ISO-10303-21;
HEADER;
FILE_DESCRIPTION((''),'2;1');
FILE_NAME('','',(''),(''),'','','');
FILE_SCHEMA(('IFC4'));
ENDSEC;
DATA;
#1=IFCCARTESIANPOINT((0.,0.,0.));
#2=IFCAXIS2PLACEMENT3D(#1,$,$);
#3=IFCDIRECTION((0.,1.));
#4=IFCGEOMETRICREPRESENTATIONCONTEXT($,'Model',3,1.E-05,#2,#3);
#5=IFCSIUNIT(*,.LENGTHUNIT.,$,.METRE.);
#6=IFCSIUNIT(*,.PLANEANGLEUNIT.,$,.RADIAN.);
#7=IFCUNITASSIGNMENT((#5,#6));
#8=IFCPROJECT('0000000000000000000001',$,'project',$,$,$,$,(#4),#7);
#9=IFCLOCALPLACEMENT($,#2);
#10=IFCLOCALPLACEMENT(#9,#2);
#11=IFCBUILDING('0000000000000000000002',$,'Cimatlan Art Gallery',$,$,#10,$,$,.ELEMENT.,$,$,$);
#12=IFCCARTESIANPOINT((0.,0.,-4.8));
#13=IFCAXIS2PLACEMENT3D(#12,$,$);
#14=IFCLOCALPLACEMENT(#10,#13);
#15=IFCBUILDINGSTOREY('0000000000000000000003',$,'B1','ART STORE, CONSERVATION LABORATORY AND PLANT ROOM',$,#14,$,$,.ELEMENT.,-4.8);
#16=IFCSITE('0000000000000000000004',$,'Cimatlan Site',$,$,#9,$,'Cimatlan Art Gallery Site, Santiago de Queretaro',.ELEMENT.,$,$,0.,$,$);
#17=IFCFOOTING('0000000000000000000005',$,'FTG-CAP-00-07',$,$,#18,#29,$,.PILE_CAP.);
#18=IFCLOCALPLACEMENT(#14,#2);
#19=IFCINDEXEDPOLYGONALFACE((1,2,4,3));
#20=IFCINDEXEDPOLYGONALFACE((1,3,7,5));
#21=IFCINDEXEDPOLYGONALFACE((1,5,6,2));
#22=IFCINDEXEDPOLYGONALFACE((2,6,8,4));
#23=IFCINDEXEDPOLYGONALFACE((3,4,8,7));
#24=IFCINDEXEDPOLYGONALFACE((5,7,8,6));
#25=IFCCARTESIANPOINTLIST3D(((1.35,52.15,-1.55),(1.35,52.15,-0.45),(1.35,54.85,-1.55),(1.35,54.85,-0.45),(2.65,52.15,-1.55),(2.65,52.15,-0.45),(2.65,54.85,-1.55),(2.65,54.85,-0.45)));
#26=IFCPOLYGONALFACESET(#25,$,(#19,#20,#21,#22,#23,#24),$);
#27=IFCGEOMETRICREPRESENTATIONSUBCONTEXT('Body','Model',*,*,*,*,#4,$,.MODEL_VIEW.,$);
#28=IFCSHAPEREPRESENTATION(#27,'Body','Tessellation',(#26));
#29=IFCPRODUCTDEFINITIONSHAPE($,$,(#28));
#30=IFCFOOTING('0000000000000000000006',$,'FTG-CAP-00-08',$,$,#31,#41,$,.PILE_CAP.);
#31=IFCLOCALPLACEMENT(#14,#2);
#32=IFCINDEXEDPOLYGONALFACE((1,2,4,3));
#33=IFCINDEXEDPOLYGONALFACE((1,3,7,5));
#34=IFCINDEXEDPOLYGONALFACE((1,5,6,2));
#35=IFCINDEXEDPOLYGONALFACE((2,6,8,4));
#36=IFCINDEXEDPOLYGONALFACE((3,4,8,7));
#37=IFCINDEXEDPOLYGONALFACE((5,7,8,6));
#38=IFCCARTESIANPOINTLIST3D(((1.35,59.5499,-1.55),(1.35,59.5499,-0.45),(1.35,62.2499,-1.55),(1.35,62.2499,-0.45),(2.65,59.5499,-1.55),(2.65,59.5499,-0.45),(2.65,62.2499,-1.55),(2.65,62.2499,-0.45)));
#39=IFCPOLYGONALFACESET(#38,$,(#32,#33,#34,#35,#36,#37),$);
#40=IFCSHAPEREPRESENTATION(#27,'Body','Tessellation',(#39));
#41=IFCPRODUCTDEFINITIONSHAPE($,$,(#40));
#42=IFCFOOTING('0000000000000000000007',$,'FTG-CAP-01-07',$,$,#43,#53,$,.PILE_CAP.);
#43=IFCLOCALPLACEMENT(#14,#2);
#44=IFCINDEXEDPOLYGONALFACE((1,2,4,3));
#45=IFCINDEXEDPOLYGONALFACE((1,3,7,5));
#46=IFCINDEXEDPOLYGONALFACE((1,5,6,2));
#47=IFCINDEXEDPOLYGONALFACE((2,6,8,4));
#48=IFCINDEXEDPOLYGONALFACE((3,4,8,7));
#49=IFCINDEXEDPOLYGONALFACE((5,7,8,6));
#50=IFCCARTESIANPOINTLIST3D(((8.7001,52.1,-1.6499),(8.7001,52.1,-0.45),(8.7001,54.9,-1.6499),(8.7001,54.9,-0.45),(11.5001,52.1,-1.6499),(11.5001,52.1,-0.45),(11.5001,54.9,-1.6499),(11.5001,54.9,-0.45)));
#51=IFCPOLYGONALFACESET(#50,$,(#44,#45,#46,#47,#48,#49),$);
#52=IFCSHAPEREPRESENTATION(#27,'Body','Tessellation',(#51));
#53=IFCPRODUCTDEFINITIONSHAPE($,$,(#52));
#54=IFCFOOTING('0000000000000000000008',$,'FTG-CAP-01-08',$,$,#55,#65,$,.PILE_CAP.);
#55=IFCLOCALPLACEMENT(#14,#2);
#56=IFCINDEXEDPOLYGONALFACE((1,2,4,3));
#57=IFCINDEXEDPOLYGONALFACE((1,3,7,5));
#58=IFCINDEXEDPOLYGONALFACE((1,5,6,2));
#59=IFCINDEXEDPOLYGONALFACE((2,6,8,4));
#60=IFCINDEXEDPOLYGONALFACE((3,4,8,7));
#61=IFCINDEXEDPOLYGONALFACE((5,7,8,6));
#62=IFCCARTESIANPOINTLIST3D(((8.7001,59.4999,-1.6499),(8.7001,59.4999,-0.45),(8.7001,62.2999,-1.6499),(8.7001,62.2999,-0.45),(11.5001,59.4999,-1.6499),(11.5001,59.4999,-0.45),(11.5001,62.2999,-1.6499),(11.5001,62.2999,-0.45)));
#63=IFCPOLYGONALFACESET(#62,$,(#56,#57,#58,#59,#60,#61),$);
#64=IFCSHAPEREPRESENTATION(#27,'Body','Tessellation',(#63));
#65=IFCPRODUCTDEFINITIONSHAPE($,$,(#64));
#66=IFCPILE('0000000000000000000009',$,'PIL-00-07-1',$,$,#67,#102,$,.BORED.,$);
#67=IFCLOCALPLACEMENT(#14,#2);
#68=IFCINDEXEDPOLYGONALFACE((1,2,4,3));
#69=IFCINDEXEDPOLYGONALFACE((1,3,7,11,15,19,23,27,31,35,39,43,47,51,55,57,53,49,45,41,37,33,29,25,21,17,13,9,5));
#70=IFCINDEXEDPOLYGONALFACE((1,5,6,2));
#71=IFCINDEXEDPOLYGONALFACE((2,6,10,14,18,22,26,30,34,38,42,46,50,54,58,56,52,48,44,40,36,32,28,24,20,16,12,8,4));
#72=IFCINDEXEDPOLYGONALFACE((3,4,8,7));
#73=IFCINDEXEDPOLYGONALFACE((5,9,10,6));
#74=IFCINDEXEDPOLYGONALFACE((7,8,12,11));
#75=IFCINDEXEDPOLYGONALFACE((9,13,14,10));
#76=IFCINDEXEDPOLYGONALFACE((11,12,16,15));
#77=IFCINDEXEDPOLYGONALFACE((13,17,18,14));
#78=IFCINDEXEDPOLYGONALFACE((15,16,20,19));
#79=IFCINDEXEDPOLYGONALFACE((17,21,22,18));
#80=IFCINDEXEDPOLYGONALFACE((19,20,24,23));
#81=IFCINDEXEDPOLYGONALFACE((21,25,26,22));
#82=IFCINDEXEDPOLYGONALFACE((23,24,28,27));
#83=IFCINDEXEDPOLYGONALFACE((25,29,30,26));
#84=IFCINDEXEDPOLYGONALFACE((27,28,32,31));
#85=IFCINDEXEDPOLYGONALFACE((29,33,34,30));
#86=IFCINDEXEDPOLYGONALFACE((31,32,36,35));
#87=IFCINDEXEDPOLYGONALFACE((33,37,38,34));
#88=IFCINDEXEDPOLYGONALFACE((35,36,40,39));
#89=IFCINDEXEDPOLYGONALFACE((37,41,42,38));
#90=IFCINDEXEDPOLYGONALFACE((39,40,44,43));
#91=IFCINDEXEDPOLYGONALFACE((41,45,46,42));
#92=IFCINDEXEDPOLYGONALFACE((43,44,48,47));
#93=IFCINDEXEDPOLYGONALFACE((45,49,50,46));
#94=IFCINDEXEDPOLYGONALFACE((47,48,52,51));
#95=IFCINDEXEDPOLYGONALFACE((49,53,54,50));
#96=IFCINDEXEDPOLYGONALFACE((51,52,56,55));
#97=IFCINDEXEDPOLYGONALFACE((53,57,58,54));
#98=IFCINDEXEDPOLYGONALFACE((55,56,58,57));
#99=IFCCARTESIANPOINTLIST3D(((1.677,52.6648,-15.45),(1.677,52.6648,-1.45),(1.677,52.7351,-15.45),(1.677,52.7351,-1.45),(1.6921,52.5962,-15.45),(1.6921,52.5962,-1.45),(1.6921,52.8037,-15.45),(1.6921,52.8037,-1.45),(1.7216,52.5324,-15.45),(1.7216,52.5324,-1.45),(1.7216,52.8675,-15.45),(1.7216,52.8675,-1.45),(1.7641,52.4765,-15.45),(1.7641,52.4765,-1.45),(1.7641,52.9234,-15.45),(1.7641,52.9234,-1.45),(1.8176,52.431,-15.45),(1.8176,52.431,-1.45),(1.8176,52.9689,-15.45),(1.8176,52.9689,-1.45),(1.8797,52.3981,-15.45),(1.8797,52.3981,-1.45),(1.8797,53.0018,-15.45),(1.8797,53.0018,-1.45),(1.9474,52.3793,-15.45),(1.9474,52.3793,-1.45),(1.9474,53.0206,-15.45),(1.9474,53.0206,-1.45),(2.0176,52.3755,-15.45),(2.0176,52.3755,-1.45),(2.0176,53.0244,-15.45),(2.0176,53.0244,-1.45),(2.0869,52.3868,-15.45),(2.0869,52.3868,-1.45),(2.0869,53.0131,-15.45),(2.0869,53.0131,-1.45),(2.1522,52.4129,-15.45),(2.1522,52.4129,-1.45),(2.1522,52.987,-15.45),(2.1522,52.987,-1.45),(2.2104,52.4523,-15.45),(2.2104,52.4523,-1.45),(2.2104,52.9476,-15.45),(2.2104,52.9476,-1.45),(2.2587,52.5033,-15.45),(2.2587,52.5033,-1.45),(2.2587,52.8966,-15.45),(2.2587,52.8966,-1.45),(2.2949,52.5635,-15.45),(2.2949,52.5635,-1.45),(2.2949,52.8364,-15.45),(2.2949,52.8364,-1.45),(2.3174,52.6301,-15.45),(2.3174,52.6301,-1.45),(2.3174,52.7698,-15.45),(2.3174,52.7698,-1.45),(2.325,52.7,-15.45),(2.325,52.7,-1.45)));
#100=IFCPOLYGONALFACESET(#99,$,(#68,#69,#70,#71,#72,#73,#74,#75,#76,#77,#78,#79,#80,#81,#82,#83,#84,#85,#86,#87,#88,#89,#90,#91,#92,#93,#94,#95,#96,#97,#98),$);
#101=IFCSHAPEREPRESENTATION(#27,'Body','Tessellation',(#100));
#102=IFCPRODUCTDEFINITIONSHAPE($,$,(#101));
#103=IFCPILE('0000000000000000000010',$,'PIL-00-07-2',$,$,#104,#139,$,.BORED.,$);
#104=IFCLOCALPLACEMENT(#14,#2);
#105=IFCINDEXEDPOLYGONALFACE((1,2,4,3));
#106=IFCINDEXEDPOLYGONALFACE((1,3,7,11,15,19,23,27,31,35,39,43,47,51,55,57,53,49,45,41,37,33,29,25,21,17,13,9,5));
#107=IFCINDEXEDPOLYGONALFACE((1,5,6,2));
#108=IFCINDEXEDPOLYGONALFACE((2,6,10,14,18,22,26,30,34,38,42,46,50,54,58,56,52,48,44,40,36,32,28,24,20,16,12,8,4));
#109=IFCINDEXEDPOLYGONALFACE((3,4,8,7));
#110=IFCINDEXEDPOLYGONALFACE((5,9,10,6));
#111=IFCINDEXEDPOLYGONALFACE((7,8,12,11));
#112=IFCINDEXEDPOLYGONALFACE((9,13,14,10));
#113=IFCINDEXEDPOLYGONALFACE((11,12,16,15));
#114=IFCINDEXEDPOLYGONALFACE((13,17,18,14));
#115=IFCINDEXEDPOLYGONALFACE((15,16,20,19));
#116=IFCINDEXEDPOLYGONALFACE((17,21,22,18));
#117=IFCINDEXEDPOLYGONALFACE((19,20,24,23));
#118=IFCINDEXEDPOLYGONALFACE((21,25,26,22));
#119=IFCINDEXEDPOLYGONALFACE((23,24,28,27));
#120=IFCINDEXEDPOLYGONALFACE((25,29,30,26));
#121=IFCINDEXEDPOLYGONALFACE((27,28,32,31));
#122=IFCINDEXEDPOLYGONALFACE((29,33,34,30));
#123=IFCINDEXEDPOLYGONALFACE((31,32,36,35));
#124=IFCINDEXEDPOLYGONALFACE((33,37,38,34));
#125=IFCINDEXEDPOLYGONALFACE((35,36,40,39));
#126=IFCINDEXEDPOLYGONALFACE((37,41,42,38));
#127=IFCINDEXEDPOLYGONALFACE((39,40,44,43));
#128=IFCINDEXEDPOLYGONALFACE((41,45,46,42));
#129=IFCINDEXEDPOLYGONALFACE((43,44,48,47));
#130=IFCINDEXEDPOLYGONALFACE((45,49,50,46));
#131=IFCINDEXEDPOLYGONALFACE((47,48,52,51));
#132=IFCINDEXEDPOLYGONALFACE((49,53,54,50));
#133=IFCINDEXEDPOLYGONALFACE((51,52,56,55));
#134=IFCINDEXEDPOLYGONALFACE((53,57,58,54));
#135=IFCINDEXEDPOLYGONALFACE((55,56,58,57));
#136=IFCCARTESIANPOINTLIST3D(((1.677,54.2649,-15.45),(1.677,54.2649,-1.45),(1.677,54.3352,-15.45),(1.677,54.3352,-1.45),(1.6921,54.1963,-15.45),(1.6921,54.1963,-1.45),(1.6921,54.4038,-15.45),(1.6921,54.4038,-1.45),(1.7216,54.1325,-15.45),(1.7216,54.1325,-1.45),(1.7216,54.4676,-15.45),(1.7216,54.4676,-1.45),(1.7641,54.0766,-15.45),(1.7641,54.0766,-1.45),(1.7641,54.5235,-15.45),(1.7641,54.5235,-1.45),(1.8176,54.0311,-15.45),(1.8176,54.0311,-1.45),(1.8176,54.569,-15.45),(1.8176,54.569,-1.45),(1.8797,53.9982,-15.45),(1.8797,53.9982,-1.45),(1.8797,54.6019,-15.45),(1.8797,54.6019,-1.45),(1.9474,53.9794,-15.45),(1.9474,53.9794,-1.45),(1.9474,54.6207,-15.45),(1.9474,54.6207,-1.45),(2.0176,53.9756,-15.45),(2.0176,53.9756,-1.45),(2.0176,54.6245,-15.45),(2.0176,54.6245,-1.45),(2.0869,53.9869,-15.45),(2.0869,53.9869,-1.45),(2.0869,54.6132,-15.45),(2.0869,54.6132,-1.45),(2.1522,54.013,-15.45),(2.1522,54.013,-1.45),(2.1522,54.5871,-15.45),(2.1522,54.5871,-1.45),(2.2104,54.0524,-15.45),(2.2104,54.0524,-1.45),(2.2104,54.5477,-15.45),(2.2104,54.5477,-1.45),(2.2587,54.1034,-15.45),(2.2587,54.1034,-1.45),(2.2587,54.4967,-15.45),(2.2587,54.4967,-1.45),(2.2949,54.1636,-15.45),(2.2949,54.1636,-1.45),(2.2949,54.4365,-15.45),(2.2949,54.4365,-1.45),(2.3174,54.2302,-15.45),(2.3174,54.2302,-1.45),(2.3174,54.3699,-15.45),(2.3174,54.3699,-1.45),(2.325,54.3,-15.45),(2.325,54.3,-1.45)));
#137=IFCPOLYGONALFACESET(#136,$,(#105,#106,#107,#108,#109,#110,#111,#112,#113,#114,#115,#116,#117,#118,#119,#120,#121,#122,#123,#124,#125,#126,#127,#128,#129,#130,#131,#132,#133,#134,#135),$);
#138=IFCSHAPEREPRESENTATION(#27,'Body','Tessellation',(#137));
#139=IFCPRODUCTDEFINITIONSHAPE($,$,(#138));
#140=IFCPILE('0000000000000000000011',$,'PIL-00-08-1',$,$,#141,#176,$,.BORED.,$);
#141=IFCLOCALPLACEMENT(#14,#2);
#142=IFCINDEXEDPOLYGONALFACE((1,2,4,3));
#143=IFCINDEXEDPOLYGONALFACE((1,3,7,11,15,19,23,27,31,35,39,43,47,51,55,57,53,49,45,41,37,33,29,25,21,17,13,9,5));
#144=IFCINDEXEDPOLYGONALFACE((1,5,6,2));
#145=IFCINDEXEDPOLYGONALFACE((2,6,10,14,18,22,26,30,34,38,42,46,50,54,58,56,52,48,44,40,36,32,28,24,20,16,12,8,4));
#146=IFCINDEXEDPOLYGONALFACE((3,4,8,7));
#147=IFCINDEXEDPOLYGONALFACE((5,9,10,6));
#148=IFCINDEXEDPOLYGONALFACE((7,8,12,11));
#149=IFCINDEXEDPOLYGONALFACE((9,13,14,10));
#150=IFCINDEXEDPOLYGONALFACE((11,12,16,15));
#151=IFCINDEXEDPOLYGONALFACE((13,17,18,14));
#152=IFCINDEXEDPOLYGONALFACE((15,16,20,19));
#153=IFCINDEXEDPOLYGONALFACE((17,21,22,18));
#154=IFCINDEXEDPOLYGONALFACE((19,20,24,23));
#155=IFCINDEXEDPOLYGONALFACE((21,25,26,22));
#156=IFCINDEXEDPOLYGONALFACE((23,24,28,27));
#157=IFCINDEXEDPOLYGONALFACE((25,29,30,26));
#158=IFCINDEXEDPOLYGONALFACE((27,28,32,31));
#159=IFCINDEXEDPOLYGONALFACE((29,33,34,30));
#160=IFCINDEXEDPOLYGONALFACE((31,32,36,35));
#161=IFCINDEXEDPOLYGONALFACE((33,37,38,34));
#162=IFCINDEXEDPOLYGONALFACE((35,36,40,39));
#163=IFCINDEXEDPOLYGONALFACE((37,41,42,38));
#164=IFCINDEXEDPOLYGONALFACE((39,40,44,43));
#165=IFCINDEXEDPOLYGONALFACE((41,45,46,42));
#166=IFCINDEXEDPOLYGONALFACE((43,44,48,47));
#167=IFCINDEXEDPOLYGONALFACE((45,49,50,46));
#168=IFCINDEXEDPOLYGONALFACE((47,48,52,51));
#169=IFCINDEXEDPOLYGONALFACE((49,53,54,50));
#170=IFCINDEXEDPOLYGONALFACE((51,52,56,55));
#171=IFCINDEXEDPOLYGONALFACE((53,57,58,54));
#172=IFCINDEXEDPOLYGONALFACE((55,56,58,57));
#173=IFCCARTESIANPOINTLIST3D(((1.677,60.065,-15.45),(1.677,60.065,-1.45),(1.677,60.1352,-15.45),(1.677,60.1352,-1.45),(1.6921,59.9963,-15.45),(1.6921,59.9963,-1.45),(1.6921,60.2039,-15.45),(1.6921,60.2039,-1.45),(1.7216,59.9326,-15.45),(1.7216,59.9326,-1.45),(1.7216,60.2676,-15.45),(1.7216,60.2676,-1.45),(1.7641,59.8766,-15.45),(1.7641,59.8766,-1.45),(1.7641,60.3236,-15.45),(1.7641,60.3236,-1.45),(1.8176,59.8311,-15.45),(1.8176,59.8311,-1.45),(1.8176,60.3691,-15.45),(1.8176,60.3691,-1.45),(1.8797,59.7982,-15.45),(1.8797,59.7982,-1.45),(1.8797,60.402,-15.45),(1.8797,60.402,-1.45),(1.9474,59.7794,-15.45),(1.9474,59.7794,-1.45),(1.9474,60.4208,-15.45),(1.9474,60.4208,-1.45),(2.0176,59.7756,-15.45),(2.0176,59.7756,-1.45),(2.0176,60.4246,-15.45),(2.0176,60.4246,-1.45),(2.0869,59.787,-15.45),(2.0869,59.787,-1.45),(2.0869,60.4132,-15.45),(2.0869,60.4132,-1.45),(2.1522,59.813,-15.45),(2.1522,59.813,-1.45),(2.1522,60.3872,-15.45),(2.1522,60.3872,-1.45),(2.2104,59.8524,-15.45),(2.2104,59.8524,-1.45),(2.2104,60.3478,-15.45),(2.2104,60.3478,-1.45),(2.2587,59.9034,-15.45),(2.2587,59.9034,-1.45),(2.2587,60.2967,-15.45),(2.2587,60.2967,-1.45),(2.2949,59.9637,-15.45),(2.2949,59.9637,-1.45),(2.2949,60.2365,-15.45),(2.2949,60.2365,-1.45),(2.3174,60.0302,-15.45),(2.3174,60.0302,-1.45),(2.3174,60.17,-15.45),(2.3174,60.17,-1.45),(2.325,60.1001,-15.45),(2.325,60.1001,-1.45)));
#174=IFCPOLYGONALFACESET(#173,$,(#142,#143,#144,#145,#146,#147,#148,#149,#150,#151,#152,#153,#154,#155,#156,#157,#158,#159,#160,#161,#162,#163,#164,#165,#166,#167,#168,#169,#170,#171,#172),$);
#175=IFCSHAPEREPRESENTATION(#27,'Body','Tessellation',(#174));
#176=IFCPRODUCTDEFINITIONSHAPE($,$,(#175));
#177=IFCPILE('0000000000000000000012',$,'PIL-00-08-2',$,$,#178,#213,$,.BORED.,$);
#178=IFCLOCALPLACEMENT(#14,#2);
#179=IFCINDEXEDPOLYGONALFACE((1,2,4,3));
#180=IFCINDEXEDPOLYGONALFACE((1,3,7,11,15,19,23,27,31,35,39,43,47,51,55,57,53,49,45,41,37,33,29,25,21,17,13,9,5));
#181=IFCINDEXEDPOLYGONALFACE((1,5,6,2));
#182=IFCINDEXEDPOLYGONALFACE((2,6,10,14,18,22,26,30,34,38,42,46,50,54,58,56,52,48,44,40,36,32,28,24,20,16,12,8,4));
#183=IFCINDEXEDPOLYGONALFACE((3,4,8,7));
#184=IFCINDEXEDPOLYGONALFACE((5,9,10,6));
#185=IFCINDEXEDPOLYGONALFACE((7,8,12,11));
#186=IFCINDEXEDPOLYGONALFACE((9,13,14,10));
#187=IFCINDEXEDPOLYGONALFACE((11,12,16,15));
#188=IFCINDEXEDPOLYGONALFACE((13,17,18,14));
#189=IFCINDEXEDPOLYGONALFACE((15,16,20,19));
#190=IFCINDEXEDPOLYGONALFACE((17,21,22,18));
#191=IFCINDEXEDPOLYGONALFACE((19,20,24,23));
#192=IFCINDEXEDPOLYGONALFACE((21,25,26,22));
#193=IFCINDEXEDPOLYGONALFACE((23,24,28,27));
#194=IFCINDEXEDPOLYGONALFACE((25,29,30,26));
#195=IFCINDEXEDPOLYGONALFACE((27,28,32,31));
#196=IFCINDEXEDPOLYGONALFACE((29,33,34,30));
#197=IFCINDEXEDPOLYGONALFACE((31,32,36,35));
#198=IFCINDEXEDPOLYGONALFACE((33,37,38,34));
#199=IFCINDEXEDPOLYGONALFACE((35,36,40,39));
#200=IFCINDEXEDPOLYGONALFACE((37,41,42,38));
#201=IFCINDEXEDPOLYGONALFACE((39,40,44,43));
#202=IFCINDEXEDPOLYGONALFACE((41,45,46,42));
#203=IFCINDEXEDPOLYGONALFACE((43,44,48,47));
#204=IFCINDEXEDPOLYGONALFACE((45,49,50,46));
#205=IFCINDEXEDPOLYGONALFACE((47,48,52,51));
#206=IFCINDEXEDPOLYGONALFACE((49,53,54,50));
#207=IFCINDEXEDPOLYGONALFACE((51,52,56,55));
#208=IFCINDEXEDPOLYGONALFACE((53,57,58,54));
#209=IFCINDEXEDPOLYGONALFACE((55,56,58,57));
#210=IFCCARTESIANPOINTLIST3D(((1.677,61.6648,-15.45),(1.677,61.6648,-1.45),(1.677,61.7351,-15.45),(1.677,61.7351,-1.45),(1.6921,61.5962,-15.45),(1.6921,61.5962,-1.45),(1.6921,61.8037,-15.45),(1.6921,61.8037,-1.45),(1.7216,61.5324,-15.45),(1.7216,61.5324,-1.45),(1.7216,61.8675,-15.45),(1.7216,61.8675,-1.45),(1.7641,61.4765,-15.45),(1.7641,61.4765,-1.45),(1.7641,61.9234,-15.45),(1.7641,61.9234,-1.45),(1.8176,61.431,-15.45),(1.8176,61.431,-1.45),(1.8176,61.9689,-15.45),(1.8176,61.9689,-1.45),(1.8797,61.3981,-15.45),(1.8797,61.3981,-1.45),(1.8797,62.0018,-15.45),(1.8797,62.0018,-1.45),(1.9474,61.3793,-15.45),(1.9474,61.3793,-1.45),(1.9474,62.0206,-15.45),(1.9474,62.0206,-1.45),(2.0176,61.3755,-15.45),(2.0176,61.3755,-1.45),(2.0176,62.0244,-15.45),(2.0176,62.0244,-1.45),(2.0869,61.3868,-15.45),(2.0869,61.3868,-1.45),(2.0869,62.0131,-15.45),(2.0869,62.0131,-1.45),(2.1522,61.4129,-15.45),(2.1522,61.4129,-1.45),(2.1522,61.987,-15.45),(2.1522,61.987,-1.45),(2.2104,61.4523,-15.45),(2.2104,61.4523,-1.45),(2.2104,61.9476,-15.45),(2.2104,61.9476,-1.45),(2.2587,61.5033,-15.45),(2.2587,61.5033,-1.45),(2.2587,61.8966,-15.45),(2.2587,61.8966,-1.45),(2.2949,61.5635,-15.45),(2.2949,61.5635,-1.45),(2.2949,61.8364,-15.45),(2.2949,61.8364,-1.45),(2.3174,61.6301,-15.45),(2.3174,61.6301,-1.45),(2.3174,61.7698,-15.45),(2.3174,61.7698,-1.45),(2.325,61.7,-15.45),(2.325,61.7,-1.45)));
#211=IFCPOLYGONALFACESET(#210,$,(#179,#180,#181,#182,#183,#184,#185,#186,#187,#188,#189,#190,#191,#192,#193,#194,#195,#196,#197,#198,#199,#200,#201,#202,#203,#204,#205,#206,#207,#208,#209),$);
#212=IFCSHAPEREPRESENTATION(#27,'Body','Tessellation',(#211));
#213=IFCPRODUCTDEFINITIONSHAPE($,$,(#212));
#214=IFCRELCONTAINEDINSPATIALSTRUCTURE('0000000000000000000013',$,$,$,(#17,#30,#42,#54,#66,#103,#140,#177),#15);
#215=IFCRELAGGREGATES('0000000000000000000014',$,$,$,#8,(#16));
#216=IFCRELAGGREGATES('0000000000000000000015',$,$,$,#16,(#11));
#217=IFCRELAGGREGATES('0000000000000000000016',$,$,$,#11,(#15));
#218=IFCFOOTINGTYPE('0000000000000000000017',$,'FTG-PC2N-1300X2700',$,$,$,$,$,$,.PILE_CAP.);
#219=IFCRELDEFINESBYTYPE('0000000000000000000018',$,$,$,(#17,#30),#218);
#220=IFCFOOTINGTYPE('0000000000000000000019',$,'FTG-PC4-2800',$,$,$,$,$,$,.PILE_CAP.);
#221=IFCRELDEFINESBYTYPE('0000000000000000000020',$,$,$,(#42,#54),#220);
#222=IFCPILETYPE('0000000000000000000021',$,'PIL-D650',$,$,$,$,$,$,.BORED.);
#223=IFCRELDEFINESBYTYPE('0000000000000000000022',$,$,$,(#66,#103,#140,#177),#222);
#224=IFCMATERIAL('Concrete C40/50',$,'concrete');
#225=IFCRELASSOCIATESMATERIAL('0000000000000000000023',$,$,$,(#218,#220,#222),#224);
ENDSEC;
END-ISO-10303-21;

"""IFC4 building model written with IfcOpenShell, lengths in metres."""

from ifc_helpers import new_model, si_unit, direction, frame, origin, origin_2d, place, context, subcontext, project, spatial, rectangle, circle, extrude, material, type_object, element, save


model = new_model("IFC4")

# Units and contexts
model_context = context("Model", 3, precision=1e-05, world=origin(), true_north=direction((0.0, 1.0)))
body_context = subcontext(model_context, "Body", "Model", "MODEL_VIEW")
ifc_project = project(units=[si_unit("LENGTHUNIT", "METRE"), si_unit("PLANEANGLEUNIT", "RADIAN")], contexts=[model_context])

# Site, building, storey
site_placement = place(None, origin())
site = spatial("IfcSite", under=ifc_project, at=site_placement, Name="Cimatlan Site", LongName="Cimatlan Art Gallery Site, Santiago de Queretaro", CompositionType="ELEMENT", RefElevation=0.0)
building_placement = place(site_placement, origin())
building = spatial("IfcBuilding", under=site, at=building_placement, Name="Cimatlan Art Gallery", CompositionType="ELEMENT")
storey_placement = place(building_placement, frame((0.0, 0.0, -4.8)))
storey = spatial("IfcBuildingStorey", under=building, at=storey_placement, Name="B1", Description="ART STORE, CONSERVATION LABORATORY AND PLANT ROOM", CompositionType="ELEMENT", Elevation=-4.8)

# Footings
ifc_material_1 = material(Name="Concrete C40/50", Category="concrete")
footing_type_1 = type_object("IfcFootingType", Name="FTG-PC2N-1300X2700", PredefinedType="PILE_CAP", material=ifc_material_1)
for number, where, z_axis, x_axis, name in (
    (1, (2.0, 53.5, -1.55), (0.0, 0.0, 1.0), (1.0, 0.0, 0.0), "FTG-CAP-00-07"),
    (2, (2.0, 60.8999, -1.55), (0.0, 0.0, 1.0), (1.0, 0.0, 0.0), "FTG-CAP-00-08"),
):
    element("IfcFooting", number, at=place(storey_placement, frame(where, z_axis=z_axis, x_axis=x_axis)), inside=storey, type_object=footing_type_1, Name=name, PredefinedType="PILE_CAP", context=body_context, shape_type="SweptSolid", body=[
        extrude(rectangle(XDim=1.3, YDim=2.7, at=origin_2d()), origin(), (0.0, 0.0, 1.0), 1.1001),
    ])
footing_type_2 = type_object("IfcFootingType", Name="FTG-PC4-2800", PredefinedType="PILE_CAP", material=ifc_material_1)
for number, where, z_axis, x_axis, name in (
    (3, (10.1001, 53.5, -1.6499), (0.0, 0.0, 1.0), (1.0, 0.0, 0.0), "FTG-CAP-01-07"),
    (4, (10.1001, 60.8999, -1.6499), (0.0, 0.0, 1.0), (1.0, 0.0, 0.0), "FTG-CAP-01-08"),
):
    element("IfcFooting", number, at=place(storey_placement, frame(where, z_axis=z_axis, x_axis=x_axis)), inside=storey, type_object=footing_type_2, Name=name, PredefinedType="PILE_CAP", context=body_context, shape_type="SweptSolid", body=[
        extrude(rectangle(XDim=2.8, YDim=2.8, at=origin_2d()), origin(), (0.0, 0.0, 1.0), 1.2),
    ])

# Piles
pile_type_1 = type_object("IfcPileType", Name="PIL-D650", PredefinedType="BORED", material=ifc_material_1)
for number, where, z_axis, x_axis, name in (
    (5, (2.0, 52.7, -1.45), (0.0, 0.0, -1.0), (1.0, 0.0, 0.0), "PIL-00-07-1"),
    (6, (2.0, 54.3, -1.45), (0.0, 0.0, -1.0), (1.0, 0.0, 0.0), "PIL-00-07-2"),
    (7, (2.0, 60.1001, -1.45), (0.0, 0.0, -1.0), (1.0, 0.0, 0.0), "PIL-00-08-1"),
    (8, (2.0, 61.7, -1.45), (0.0, 0.0, -1.0), (1.0, 0.0, 0.0), "PIL-00-08-2"),
):
    element("IfcPile", number, at=place(storey_placement, frame(where, z_axis=z_axis, x_axis=x_axis)), inside=storey, type_object=pile_type_1, Name=name, PredefinedType="BORED", context=body_context, shape_type="SweptSolid", body=[
        extrude(circle(Radius=0.325, at=origin_2d()), origin(), (0.0, 0.0, 1.0), 14.0),
    ])

save(model, "model.ifc")
